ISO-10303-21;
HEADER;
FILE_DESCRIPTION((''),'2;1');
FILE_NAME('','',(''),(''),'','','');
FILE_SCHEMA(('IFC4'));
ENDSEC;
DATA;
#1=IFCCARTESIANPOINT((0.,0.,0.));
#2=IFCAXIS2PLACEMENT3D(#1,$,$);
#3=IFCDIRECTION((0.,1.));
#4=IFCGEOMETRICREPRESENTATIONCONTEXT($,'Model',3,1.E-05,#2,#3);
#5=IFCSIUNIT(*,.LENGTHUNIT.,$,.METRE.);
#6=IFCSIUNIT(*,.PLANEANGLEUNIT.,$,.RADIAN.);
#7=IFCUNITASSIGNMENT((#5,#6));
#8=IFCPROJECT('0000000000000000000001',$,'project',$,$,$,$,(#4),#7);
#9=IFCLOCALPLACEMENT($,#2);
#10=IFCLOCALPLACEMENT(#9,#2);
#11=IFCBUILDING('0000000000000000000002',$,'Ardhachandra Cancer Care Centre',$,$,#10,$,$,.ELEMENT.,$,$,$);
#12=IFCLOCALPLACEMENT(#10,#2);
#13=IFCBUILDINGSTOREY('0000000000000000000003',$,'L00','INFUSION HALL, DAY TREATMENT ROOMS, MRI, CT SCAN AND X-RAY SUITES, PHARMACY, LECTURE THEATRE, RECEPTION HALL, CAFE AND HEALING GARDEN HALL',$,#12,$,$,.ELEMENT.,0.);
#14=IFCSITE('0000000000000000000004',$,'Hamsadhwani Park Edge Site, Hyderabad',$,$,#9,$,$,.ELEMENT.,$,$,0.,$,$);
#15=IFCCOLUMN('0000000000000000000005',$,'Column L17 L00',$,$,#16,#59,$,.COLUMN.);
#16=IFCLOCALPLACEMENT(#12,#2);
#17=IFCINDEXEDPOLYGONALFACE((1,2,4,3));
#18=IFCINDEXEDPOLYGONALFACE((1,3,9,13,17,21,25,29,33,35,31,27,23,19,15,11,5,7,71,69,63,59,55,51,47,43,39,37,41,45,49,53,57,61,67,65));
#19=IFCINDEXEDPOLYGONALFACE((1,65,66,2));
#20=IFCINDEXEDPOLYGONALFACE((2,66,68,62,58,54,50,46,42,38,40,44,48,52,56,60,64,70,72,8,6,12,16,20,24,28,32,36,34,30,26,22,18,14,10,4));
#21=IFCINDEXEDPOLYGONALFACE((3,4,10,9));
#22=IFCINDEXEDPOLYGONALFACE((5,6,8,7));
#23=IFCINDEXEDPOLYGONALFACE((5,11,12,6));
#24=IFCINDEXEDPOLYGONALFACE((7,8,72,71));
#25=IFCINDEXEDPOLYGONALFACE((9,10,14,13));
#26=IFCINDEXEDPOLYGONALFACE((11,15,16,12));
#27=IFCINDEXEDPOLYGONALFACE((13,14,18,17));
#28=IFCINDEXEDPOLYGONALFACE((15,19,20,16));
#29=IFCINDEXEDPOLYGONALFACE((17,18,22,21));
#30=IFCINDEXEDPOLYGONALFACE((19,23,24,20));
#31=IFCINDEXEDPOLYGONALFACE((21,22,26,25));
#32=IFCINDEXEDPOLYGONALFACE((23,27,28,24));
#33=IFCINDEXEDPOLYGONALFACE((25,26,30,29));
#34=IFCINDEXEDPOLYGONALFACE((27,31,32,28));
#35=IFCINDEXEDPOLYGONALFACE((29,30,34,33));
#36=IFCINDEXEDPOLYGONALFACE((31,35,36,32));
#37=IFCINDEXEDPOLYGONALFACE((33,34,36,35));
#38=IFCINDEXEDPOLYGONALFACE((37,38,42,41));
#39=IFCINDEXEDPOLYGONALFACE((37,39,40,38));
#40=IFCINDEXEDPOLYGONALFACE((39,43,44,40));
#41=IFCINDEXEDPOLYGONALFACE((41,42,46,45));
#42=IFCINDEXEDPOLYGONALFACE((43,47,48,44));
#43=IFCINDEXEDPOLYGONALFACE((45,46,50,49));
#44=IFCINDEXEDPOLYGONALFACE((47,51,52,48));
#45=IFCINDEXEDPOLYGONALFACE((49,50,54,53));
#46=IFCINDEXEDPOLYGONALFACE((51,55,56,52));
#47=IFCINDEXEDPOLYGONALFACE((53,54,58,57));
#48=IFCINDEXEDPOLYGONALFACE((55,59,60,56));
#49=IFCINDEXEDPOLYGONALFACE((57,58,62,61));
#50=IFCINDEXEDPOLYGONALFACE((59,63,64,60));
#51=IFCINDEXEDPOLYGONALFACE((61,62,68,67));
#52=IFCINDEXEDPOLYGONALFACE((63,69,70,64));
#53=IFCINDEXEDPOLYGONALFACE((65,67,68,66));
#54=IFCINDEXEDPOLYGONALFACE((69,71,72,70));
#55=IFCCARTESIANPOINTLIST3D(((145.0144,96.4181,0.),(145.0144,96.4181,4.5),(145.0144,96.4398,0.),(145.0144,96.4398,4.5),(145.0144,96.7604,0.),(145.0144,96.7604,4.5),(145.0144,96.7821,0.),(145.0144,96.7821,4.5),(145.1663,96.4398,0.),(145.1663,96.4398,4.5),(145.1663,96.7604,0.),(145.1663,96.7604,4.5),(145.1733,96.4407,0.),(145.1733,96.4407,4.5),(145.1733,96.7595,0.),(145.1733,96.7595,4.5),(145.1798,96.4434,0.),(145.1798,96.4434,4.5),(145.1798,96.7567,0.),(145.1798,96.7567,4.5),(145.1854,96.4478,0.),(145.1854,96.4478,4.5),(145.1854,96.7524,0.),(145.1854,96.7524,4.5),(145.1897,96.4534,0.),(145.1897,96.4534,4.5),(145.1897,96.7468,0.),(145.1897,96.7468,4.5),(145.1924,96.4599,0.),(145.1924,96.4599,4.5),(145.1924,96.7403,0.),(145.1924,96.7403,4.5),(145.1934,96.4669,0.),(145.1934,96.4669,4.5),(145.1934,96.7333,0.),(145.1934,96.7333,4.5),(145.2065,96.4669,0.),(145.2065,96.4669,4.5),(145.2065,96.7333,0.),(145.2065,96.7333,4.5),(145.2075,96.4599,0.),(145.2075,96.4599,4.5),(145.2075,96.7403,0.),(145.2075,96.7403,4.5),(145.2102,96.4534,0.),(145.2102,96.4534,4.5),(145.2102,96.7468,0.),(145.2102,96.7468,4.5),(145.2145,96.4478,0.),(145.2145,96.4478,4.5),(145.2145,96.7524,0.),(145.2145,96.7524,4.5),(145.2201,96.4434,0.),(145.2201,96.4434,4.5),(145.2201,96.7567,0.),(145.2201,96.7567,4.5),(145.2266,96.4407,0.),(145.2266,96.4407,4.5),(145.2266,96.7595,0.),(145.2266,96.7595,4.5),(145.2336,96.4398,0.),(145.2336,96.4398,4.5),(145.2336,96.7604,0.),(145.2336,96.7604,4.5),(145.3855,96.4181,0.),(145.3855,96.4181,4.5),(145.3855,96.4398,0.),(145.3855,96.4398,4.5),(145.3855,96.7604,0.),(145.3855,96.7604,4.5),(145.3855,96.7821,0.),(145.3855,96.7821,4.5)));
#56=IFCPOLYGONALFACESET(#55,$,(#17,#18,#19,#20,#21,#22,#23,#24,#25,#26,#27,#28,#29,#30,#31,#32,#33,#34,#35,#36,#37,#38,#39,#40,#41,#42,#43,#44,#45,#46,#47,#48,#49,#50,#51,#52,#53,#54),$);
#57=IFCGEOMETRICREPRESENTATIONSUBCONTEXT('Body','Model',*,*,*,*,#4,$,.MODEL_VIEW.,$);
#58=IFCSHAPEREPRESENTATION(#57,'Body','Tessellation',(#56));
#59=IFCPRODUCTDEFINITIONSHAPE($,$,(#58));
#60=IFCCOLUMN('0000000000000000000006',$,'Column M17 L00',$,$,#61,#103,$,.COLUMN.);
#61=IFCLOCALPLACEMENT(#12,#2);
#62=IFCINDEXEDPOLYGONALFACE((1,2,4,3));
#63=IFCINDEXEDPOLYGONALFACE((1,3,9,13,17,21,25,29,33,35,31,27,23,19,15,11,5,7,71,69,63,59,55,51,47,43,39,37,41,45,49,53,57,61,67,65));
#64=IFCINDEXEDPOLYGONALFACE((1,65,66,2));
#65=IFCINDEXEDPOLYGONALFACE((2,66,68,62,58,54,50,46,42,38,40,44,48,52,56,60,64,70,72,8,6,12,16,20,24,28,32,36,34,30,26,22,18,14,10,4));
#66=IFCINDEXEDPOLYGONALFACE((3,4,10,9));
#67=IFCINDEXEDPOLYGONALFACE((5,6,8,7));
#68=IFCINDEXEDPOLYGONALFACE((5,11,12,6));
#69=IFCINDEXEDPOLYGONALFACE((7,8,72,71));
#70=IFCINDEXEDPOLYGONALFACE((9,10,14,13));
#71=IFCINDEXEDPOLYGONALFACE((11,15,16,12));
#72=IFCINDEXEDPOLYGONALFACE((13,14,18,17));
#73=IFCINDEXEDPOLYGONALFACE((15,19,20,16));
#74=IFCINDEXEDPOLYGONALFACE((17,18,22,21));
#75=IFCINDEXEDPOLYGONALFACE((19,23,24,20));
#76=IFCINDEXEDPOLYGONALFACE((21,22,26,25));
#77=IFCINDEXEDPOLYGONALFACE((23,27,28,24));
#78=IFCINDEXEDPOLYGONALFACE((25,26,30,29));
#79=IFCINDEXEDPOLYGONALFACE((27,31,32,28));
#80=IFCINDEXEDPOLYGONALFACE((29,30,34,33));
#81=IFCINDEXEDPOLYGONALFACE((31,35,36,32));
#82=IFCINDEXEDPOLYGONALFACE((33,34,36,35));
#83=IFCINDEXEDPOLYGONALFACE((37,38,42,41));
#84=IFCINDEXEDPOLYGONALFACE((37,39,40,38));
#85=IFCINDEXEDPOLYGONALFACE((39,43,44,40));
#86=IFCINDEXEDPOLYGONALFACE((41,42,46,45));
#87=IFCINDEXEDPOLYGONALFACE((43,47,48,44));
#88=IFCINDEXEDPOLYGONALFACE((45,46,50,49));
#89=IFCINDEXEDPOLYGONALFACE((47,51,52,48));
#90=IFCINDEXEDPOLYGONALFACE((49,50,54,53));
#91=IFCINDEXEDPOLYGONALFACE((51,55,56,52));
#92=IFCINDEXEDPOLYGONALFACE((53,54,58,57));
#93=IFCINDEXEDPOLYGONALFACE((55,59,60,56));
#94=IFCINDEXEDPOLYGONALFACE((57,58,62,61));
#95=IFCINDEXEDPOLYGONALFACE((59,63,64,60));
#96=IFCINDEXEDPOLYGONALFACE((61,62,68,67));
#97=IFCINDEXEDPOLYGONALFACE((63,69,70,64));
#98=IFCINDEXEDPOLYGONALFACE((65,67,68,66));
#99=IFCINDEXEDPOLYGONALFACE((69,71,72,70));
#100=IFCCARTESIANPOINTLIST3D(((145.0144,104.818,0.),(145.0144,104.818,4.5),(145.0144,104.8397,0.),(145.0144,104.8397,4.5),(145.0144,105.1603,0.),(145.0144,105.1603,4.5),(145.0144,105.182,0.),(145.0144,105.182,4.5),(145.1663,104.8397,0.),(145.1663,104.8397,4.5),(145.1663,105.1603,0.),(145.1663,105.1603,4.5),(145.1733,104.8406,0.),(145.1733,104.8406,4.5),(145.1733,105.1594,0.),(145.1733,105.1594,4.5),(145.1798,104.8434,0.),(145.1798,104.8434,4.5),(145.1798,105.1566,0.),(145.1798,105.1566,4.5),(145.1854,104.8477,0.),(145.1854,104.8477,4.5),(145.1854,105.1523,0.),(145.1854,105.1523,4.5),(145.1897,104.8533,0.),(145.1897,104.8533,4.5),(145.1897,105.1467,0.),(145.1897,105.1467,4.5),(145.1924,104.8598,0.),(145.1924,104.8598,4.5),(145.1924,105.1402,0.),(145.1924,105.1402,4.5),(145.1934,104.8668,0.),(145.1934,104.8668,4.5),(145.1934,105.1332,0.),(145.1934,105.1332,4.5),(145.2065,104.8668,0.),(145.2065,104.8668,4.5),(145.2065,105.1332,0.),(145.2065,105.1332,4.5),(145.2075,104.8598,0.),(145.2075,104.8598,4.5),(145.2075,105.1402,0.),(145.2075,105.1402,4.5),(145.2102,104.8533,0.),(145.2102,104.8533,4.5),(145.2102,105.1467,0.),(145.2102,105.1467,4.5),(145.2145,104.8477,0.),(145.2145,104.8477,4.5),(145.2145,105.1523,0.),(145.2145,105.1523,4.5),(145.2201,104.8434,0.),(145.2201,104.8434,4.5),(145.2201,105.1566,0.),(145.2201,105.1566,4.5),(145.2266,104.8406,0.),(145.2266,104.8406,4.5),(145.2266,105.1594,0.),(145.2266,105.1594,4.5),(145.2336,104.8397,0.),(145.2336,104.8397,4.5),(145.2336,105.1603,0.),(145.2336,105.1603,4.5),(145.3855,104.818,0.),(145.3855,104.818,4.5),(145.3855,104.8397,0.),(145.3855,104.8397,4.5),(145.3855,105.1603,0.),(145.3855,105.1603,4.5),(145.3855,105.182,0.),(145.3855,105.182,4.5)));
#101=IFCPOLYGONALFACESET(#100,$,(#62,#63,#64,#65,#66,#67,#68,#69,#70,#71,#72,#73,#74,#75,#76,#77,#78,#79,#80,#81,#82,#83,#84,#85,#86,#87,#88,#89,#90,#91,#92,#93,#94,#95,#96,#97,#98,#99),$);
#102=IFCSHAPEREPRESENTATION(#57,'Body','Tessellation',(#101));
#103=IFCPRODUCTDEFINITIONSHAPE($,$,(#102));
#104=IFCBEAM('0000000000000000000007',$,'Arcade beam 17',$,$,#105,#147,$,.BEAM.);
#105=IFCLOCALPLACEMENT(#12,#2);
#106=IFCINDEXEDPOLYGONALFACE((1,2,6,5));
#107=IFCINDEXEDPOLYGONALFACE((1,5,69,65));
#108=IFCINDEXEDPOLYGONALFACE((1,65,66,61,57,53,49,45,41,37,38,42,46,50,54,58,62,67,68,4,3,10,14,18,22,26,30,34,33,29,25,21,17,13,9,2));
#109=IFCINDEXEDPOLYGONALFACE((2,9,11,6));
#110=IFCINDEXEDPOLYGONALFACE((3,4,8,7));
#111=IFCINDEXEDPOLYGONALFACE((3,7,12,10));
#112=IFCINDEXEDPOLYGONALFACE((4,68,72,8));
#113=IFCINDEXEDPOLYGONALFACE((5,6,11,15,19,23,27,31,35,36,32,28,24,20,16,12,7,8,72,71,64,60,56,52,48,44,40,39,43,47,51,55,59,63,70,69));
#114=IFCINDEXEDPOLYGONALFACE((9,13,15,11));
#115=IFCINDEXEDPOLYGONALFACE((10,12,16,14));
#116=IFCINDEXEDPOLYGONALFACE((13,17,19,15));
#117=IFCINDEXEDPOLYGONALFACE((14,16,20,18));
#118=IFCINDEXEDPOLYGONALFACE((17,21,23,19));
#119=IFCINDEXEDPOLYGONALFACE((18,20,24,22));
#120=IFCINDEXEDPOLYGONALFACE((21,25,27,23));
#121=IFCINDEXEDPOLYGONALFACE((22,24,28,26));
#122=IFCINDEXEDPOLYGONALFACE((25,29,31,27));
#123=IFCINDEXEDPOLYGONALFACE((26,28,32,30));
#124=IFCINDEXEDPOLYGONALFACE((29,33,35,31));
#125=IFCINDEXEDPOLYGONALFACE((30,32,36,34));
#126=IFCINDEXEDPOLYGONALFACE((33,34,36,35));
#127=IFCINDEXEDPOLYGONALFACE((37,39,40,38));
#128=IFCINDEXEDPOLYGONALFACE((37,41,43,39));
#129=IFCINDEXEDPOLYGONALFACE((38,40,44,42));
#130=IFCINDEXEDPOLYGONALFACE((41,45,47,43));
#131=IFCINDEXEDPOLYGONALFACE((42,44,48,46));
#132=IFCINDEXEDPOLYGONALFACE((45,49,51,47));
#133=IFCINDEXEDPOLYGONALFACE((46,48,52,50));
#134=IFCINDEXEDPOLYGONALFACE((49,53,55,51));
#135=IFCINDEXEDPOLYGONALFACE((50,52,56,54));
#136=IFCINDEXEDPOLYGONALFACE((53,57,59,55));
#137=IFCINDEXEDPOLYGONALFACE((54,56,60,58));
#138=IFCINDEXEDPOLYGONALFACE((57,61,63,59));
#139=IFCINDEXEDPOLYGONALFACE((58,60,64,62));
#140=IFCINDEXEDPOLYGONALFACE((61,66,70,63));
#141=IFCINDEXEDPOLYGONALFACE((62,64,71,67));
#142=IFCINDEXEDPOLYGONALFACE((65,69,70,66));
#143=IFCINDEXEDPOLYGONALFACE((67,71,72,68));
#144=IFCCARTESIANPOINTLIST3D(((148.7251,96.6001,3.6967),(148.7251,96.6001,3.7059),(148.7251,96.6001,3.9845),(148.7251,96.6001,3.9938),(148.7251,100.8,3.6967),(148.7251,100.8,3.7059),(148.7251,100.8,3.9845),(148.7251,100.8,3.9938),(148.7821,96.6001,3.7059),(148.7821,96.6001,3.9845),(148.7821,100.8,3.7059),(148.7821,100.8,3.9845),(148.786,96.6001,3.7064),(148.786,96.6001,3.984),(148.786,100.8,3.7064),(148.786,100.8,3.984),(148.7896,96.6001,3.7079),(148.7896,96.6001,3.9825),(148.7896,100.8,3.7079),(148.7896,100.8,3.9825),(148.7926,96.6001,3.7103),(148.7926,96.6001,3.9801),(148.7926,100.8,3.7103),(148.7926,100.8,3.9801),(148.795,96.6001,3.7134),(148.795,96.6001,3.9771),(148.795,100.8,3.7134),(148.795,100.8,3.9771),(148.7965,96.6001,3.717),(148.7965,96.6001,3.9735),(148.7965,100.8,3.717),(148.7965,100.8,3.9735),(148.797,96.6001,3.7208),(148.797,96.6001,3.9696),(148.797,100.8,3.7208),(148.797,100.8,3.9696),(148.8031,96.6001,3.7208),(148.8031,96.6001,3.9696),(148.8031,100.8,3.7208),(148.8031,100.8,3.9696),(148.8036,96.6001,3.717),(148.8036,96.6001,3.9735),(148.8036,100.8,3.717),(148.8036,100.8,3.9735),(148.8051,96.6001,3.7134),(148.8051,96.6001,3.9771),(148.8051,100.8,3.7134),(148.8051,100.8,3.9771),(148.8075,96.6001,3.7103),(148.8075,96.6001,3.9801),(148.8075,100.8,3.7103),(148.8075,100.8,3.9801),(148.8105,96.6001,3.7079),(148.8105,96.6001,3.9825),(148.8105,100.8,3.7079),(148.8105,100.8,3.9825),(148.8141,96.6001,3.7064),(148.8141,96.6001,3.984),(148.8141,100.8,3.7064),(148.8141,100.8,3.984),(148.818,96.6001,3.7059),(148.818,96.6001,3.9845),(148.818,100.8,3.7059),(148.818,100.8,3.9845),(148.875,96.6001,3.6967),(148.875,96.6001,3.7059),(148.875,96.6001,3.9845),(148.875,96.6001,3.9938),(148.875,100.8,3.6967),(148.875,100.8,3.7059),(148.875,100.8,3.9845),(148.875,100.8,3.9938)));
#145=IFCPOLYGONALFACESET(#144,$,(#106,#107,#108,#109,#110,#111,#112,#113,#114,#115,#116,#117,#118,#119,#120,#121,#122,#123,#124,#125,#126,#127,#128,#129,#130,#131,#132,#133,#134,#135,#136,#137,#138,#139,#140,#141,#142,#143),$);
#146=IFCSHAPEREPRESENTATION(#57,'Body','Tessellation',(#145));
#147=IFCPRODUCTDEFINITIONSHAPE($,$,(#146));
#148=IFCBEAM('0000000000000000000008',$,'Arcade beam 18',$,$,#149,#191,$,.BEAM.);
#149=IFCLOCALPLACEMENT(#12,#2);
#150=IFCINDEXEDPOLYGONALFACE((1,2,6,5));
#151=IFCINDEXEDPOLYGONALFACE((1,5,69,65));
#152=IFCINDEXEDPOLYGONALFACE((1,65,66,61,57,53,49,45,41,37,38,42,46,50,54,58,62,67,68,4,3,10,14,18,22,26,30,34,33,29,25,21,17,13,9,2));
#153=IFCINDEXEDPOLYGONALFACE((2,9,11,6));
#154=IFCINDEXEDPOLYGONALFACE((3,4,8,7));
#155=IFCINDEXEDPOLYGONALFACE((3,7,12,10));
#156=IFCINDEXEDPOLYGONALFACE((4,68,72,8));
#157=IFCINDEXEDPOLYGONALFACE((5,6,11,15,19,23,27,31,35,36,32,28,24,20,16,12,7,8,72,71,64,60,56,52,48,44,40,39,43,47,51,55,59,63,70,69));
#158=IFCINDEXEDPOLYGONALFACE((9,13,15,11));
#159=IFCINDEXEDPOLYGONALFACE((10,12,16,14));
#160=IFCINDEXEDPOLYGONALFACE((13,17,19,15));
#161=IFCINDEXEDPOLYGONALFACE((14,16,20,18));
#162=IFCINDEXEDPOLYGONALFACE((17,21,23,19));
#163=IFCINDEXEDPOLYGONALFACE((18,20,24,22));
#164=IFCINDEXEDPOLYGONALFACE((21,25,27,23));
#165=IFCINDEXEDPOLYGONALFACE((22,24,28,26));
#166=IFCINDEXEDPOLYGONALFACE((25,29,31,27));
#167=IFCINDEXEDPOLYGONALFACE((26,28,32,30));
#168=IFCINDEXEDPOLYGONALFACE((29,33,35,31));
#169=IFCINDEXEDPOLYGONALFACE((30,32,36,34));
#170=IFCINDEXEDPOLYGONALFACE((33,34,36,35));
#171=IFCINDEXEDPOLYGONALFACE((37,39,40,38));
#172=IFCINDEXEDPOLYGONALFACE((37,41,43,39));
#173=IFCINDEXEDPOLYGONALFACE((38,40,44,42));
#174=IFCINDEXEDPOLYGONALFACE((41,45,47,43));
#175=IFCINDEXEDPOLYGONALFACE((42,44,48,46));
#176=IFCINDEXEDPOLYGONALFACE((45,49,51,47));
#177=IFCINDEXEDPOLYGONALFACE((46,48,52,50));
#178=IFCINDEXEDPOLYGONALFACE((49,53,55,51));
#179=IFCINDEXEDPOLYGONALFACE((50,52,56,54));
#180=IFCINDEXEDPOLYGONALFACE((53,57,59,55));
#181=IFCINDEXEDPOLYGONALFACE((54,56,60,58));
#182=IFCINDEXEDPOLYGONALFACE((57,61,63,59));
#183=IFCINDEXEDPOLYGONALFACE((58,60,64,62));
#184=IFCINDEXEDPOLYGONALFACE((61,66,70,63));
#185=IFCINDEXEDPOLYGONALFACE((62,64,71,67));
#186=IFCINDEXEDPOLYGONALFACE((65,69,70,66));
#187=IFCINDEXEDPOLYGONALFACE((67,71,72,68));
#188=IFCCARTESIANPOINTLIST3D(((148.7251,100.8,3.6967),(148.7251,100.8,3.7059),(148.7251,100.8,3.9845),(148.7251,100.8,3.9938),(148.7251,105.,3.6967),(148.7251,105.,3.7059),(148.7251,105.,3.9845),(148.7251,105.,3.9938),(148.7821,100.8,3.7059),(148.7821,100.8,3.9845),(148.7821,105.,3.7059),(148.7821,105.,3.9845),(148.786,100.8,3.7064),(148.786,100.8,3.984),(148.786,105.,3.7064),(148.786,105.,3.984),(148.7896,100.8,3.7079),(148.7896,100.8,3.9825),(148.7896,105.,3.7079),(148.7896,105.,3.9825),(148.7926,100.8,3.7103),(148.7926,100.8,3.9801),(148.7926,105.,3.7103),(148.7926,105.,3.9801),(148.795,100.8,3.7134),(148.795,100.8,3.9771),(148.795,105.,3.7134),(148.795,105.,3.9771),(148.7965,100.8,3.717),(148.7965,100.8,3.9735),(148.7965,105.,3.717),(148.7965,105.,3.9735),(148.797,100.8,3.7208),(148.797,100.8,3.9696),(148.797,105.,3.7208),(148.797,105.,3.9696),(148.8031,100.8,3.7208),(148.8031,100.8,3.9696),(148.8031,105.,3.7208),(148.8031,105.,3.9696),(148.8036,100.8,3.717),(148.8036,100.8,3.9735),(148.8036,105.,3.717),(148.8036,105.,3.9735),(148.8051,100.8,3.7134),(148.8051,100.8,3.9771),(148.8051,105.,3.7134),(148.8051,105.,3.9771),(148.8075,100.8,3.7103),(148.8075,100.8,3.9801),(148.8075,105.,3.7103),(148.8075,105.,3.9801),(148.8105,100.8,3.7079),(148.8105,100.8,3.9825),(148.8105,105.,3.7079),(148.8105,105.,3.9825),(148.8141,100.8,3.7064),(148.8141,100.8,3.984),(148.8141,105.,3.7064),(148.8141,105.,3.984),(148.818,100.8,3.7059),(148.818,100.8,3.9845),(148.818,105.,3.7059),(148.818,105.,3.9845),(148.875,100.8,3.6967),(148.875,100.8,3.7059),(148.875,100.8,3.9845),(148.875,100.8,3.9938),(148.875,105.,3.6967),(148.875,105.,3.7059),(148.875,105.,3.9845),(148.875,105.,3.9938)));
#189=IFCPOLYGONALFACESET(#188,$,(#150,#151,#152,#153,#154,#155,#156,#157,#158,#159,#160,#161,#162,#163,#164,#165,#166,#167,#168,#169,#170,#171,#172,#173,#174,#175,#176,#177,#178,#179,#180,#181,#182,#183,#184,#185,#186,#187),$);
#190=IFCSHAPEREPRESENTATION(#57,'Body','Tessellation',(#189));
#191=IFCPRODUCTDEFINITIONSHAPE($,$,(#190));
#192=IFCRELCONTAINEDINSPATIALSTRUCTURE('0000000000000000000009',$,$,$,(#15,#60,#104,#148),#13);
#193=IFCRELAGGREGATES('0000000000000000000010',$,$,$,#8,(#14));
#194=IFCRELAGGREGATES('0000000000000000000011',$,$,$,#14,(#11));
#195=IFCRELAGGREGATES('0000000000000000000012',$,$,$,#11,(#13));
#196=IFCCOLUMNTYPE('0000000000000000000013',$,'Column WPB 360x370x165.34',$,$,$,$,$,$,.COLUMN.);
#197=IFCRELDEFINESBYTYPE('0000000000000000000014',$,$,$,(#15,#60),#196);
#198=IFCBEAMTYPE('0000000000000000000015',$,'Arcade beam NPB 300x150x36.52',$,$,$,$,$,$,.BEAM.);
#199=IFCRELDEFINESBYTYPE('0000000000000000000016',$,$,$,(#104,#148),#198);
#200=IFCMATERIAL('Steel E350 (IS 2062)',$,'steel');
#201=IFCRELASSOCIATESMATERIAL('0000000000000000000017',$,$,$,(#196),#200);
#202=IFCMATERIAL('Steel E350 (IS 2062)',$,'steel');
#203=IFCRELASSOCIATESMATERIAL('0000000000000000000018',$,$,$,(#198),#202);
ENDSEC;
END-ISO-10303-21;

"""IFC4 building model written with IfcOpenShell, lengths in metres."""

from ifc_helpers import new_model, si_unit, direction, frame, origin, origin_2d, place, context, subcontext, project, spatial, i_section, extrude, material, material_profile, profile_set, type_object, element, save


model = new_model("IFC4")

# Units and contexts
model_context = context("Model", 3, precision=1e-05, world=origin(), true_north=direction((0.0, 1.0)))
body_context = subcontext(model_context, "Body", "Model", "MODEL_VIEW")
ifc_project = project(units=[si_unit("LENGTHUNIT", "METRE"), si_unit("PLANEANGLEUNIT", "RADIAN")], contexts=[model_context])

# Site, building, storey
site_placement = place(None, origin())
site = spatial("IfcSite", under=ifc_project, at=site_placement, Name="Hamsadhwani Park Edge Site, Hyderabad", CompositionType="ELEMENT", RefElevation=0.0)
building_placement = place(site_placement, origin())
building = spatial("IfcBuilding", under=site, at=building_placement, Name="Ardhachandra Cancer Care Centre", CompositionType="ELEMENT")
storey_placement = place(building_placement, origin())
storey = spatial("IfcBuildingStorey", under=building, at=storey_placement, Name="L00", Description="INFUSION HALL, DAY TREATMENT ROOMS, MRI, CT SCAN AND X-RAY SUITES, PHARMACY, LECTURE THEATRE, RECEPTION HALL, CAFE AND HEALING GARDEN HALL", CompositionType="ELEMENT", Elevation=0.0)

# Columns
ifc_material_1 = material(Name="Steel E350 (IS 2062)", Category="steel")
ifc_material_profile_1 = material_profile(ifc_material_1, i_section(OverallWidth=0.3711, OverallDepth=0.364, WebThickness=0.0132, FlangeThickness=0.0217, FilletRadius=0.0271, at=origin_2d()), Name="WPB 360x370x165.34")
ifc_profile_set_1 = profile_set([ifc_material_profile_1], Name="Steel E350 (IS 2062)")
column_type_1 = type_object("IfcColumnType", Name="Column WPB 360x370x165.34", PredefinedType="COLUMN", material=ifc_profile_set_1)
for number, where, z_axis, x_axis, name in (
    (1, (145.2, 96.6001, 0.0), (0.0, 0.0, 1.0), (1.0, 0.0, 0.0), "Column L17 L00"),
    (2, (145.2, 105.0, 0.0), (0.0, 0.0, 1.0), (1.0, 0.0, 0.0), "Column M17 L00"),
):
    element("IfcColumn", number, at=place(storey_placement, frame(where, z_axis=z_axis, x_axis=x_axis)), inside=storey, type_object=column_type_1, Name=name, PredefinedType="COLUMN", context=body_context, shape_type="SweptSolid", body=[
        extrude(i_section(OverallWidth=0.3711, OverallDepth=0.364, WebThickness=0.0132, FlangeThickness=0.0217, FilletRadius=0.0271, at=origin_2d()), origin(), (0.0, 0.0, 1.0), 4.5),
    ])

# Beams
ifc_material_2 = material(Name="Steel E350 (IS 2062)", Category="steel")
ifc_material_profile_2 = material_profile(ifc_material_2, i_section(OverallWidth=0.1499, OverallDepth=0.2971, WebThickness=0.0061, FlangeThickness=0.0093, FilletRadius=0.0149, at=origin_2d()), Name="NPB 300x150x36.52")
ifc_profile_set_2 = profile_set([ifc_material_profile_2], Name="Steel E350 (IS 2062)")
beam_type_1 = type_object("IfcBeamType", Name="Arcade beam NPB 300x150x36.52", PredefinedType="BEAM", material=ifc_profile_set_2)
for number, where, z_axis, x_axis, name in (
    (3, (148.8, 96.6001, 3.8452), (0.0, 1.0, 0.0), (-1.0, 0.0, 0.0), "Arcade beam 17"),
    (4, (148.8, 100.8, 3.8452), (0.0, 1.0, 0.0), (-1.0, 0.0, 0.0), "Arcade beam 18"),
):
    element("IfcBeam", number, at=place(storey_placement, frame(where, z_axis=z_axis, x_axis=x_axis)), inside=storey, type_object=beam_type_1, Name=name, PredefinedType="BEAM", context=body_context, shape_type="SweptSolid", body=[
        extrude(i_section(OverallWidth=0.1499, OverallDepth=0.2971, WebThickness=0.0061, FlangeThickness=0.0093, FilletRadius=0.0149, at=origin_2d()), origin(), (0.0, 0.0, 1.0), 4.2),
    ])

save(model, "model.ifc")
